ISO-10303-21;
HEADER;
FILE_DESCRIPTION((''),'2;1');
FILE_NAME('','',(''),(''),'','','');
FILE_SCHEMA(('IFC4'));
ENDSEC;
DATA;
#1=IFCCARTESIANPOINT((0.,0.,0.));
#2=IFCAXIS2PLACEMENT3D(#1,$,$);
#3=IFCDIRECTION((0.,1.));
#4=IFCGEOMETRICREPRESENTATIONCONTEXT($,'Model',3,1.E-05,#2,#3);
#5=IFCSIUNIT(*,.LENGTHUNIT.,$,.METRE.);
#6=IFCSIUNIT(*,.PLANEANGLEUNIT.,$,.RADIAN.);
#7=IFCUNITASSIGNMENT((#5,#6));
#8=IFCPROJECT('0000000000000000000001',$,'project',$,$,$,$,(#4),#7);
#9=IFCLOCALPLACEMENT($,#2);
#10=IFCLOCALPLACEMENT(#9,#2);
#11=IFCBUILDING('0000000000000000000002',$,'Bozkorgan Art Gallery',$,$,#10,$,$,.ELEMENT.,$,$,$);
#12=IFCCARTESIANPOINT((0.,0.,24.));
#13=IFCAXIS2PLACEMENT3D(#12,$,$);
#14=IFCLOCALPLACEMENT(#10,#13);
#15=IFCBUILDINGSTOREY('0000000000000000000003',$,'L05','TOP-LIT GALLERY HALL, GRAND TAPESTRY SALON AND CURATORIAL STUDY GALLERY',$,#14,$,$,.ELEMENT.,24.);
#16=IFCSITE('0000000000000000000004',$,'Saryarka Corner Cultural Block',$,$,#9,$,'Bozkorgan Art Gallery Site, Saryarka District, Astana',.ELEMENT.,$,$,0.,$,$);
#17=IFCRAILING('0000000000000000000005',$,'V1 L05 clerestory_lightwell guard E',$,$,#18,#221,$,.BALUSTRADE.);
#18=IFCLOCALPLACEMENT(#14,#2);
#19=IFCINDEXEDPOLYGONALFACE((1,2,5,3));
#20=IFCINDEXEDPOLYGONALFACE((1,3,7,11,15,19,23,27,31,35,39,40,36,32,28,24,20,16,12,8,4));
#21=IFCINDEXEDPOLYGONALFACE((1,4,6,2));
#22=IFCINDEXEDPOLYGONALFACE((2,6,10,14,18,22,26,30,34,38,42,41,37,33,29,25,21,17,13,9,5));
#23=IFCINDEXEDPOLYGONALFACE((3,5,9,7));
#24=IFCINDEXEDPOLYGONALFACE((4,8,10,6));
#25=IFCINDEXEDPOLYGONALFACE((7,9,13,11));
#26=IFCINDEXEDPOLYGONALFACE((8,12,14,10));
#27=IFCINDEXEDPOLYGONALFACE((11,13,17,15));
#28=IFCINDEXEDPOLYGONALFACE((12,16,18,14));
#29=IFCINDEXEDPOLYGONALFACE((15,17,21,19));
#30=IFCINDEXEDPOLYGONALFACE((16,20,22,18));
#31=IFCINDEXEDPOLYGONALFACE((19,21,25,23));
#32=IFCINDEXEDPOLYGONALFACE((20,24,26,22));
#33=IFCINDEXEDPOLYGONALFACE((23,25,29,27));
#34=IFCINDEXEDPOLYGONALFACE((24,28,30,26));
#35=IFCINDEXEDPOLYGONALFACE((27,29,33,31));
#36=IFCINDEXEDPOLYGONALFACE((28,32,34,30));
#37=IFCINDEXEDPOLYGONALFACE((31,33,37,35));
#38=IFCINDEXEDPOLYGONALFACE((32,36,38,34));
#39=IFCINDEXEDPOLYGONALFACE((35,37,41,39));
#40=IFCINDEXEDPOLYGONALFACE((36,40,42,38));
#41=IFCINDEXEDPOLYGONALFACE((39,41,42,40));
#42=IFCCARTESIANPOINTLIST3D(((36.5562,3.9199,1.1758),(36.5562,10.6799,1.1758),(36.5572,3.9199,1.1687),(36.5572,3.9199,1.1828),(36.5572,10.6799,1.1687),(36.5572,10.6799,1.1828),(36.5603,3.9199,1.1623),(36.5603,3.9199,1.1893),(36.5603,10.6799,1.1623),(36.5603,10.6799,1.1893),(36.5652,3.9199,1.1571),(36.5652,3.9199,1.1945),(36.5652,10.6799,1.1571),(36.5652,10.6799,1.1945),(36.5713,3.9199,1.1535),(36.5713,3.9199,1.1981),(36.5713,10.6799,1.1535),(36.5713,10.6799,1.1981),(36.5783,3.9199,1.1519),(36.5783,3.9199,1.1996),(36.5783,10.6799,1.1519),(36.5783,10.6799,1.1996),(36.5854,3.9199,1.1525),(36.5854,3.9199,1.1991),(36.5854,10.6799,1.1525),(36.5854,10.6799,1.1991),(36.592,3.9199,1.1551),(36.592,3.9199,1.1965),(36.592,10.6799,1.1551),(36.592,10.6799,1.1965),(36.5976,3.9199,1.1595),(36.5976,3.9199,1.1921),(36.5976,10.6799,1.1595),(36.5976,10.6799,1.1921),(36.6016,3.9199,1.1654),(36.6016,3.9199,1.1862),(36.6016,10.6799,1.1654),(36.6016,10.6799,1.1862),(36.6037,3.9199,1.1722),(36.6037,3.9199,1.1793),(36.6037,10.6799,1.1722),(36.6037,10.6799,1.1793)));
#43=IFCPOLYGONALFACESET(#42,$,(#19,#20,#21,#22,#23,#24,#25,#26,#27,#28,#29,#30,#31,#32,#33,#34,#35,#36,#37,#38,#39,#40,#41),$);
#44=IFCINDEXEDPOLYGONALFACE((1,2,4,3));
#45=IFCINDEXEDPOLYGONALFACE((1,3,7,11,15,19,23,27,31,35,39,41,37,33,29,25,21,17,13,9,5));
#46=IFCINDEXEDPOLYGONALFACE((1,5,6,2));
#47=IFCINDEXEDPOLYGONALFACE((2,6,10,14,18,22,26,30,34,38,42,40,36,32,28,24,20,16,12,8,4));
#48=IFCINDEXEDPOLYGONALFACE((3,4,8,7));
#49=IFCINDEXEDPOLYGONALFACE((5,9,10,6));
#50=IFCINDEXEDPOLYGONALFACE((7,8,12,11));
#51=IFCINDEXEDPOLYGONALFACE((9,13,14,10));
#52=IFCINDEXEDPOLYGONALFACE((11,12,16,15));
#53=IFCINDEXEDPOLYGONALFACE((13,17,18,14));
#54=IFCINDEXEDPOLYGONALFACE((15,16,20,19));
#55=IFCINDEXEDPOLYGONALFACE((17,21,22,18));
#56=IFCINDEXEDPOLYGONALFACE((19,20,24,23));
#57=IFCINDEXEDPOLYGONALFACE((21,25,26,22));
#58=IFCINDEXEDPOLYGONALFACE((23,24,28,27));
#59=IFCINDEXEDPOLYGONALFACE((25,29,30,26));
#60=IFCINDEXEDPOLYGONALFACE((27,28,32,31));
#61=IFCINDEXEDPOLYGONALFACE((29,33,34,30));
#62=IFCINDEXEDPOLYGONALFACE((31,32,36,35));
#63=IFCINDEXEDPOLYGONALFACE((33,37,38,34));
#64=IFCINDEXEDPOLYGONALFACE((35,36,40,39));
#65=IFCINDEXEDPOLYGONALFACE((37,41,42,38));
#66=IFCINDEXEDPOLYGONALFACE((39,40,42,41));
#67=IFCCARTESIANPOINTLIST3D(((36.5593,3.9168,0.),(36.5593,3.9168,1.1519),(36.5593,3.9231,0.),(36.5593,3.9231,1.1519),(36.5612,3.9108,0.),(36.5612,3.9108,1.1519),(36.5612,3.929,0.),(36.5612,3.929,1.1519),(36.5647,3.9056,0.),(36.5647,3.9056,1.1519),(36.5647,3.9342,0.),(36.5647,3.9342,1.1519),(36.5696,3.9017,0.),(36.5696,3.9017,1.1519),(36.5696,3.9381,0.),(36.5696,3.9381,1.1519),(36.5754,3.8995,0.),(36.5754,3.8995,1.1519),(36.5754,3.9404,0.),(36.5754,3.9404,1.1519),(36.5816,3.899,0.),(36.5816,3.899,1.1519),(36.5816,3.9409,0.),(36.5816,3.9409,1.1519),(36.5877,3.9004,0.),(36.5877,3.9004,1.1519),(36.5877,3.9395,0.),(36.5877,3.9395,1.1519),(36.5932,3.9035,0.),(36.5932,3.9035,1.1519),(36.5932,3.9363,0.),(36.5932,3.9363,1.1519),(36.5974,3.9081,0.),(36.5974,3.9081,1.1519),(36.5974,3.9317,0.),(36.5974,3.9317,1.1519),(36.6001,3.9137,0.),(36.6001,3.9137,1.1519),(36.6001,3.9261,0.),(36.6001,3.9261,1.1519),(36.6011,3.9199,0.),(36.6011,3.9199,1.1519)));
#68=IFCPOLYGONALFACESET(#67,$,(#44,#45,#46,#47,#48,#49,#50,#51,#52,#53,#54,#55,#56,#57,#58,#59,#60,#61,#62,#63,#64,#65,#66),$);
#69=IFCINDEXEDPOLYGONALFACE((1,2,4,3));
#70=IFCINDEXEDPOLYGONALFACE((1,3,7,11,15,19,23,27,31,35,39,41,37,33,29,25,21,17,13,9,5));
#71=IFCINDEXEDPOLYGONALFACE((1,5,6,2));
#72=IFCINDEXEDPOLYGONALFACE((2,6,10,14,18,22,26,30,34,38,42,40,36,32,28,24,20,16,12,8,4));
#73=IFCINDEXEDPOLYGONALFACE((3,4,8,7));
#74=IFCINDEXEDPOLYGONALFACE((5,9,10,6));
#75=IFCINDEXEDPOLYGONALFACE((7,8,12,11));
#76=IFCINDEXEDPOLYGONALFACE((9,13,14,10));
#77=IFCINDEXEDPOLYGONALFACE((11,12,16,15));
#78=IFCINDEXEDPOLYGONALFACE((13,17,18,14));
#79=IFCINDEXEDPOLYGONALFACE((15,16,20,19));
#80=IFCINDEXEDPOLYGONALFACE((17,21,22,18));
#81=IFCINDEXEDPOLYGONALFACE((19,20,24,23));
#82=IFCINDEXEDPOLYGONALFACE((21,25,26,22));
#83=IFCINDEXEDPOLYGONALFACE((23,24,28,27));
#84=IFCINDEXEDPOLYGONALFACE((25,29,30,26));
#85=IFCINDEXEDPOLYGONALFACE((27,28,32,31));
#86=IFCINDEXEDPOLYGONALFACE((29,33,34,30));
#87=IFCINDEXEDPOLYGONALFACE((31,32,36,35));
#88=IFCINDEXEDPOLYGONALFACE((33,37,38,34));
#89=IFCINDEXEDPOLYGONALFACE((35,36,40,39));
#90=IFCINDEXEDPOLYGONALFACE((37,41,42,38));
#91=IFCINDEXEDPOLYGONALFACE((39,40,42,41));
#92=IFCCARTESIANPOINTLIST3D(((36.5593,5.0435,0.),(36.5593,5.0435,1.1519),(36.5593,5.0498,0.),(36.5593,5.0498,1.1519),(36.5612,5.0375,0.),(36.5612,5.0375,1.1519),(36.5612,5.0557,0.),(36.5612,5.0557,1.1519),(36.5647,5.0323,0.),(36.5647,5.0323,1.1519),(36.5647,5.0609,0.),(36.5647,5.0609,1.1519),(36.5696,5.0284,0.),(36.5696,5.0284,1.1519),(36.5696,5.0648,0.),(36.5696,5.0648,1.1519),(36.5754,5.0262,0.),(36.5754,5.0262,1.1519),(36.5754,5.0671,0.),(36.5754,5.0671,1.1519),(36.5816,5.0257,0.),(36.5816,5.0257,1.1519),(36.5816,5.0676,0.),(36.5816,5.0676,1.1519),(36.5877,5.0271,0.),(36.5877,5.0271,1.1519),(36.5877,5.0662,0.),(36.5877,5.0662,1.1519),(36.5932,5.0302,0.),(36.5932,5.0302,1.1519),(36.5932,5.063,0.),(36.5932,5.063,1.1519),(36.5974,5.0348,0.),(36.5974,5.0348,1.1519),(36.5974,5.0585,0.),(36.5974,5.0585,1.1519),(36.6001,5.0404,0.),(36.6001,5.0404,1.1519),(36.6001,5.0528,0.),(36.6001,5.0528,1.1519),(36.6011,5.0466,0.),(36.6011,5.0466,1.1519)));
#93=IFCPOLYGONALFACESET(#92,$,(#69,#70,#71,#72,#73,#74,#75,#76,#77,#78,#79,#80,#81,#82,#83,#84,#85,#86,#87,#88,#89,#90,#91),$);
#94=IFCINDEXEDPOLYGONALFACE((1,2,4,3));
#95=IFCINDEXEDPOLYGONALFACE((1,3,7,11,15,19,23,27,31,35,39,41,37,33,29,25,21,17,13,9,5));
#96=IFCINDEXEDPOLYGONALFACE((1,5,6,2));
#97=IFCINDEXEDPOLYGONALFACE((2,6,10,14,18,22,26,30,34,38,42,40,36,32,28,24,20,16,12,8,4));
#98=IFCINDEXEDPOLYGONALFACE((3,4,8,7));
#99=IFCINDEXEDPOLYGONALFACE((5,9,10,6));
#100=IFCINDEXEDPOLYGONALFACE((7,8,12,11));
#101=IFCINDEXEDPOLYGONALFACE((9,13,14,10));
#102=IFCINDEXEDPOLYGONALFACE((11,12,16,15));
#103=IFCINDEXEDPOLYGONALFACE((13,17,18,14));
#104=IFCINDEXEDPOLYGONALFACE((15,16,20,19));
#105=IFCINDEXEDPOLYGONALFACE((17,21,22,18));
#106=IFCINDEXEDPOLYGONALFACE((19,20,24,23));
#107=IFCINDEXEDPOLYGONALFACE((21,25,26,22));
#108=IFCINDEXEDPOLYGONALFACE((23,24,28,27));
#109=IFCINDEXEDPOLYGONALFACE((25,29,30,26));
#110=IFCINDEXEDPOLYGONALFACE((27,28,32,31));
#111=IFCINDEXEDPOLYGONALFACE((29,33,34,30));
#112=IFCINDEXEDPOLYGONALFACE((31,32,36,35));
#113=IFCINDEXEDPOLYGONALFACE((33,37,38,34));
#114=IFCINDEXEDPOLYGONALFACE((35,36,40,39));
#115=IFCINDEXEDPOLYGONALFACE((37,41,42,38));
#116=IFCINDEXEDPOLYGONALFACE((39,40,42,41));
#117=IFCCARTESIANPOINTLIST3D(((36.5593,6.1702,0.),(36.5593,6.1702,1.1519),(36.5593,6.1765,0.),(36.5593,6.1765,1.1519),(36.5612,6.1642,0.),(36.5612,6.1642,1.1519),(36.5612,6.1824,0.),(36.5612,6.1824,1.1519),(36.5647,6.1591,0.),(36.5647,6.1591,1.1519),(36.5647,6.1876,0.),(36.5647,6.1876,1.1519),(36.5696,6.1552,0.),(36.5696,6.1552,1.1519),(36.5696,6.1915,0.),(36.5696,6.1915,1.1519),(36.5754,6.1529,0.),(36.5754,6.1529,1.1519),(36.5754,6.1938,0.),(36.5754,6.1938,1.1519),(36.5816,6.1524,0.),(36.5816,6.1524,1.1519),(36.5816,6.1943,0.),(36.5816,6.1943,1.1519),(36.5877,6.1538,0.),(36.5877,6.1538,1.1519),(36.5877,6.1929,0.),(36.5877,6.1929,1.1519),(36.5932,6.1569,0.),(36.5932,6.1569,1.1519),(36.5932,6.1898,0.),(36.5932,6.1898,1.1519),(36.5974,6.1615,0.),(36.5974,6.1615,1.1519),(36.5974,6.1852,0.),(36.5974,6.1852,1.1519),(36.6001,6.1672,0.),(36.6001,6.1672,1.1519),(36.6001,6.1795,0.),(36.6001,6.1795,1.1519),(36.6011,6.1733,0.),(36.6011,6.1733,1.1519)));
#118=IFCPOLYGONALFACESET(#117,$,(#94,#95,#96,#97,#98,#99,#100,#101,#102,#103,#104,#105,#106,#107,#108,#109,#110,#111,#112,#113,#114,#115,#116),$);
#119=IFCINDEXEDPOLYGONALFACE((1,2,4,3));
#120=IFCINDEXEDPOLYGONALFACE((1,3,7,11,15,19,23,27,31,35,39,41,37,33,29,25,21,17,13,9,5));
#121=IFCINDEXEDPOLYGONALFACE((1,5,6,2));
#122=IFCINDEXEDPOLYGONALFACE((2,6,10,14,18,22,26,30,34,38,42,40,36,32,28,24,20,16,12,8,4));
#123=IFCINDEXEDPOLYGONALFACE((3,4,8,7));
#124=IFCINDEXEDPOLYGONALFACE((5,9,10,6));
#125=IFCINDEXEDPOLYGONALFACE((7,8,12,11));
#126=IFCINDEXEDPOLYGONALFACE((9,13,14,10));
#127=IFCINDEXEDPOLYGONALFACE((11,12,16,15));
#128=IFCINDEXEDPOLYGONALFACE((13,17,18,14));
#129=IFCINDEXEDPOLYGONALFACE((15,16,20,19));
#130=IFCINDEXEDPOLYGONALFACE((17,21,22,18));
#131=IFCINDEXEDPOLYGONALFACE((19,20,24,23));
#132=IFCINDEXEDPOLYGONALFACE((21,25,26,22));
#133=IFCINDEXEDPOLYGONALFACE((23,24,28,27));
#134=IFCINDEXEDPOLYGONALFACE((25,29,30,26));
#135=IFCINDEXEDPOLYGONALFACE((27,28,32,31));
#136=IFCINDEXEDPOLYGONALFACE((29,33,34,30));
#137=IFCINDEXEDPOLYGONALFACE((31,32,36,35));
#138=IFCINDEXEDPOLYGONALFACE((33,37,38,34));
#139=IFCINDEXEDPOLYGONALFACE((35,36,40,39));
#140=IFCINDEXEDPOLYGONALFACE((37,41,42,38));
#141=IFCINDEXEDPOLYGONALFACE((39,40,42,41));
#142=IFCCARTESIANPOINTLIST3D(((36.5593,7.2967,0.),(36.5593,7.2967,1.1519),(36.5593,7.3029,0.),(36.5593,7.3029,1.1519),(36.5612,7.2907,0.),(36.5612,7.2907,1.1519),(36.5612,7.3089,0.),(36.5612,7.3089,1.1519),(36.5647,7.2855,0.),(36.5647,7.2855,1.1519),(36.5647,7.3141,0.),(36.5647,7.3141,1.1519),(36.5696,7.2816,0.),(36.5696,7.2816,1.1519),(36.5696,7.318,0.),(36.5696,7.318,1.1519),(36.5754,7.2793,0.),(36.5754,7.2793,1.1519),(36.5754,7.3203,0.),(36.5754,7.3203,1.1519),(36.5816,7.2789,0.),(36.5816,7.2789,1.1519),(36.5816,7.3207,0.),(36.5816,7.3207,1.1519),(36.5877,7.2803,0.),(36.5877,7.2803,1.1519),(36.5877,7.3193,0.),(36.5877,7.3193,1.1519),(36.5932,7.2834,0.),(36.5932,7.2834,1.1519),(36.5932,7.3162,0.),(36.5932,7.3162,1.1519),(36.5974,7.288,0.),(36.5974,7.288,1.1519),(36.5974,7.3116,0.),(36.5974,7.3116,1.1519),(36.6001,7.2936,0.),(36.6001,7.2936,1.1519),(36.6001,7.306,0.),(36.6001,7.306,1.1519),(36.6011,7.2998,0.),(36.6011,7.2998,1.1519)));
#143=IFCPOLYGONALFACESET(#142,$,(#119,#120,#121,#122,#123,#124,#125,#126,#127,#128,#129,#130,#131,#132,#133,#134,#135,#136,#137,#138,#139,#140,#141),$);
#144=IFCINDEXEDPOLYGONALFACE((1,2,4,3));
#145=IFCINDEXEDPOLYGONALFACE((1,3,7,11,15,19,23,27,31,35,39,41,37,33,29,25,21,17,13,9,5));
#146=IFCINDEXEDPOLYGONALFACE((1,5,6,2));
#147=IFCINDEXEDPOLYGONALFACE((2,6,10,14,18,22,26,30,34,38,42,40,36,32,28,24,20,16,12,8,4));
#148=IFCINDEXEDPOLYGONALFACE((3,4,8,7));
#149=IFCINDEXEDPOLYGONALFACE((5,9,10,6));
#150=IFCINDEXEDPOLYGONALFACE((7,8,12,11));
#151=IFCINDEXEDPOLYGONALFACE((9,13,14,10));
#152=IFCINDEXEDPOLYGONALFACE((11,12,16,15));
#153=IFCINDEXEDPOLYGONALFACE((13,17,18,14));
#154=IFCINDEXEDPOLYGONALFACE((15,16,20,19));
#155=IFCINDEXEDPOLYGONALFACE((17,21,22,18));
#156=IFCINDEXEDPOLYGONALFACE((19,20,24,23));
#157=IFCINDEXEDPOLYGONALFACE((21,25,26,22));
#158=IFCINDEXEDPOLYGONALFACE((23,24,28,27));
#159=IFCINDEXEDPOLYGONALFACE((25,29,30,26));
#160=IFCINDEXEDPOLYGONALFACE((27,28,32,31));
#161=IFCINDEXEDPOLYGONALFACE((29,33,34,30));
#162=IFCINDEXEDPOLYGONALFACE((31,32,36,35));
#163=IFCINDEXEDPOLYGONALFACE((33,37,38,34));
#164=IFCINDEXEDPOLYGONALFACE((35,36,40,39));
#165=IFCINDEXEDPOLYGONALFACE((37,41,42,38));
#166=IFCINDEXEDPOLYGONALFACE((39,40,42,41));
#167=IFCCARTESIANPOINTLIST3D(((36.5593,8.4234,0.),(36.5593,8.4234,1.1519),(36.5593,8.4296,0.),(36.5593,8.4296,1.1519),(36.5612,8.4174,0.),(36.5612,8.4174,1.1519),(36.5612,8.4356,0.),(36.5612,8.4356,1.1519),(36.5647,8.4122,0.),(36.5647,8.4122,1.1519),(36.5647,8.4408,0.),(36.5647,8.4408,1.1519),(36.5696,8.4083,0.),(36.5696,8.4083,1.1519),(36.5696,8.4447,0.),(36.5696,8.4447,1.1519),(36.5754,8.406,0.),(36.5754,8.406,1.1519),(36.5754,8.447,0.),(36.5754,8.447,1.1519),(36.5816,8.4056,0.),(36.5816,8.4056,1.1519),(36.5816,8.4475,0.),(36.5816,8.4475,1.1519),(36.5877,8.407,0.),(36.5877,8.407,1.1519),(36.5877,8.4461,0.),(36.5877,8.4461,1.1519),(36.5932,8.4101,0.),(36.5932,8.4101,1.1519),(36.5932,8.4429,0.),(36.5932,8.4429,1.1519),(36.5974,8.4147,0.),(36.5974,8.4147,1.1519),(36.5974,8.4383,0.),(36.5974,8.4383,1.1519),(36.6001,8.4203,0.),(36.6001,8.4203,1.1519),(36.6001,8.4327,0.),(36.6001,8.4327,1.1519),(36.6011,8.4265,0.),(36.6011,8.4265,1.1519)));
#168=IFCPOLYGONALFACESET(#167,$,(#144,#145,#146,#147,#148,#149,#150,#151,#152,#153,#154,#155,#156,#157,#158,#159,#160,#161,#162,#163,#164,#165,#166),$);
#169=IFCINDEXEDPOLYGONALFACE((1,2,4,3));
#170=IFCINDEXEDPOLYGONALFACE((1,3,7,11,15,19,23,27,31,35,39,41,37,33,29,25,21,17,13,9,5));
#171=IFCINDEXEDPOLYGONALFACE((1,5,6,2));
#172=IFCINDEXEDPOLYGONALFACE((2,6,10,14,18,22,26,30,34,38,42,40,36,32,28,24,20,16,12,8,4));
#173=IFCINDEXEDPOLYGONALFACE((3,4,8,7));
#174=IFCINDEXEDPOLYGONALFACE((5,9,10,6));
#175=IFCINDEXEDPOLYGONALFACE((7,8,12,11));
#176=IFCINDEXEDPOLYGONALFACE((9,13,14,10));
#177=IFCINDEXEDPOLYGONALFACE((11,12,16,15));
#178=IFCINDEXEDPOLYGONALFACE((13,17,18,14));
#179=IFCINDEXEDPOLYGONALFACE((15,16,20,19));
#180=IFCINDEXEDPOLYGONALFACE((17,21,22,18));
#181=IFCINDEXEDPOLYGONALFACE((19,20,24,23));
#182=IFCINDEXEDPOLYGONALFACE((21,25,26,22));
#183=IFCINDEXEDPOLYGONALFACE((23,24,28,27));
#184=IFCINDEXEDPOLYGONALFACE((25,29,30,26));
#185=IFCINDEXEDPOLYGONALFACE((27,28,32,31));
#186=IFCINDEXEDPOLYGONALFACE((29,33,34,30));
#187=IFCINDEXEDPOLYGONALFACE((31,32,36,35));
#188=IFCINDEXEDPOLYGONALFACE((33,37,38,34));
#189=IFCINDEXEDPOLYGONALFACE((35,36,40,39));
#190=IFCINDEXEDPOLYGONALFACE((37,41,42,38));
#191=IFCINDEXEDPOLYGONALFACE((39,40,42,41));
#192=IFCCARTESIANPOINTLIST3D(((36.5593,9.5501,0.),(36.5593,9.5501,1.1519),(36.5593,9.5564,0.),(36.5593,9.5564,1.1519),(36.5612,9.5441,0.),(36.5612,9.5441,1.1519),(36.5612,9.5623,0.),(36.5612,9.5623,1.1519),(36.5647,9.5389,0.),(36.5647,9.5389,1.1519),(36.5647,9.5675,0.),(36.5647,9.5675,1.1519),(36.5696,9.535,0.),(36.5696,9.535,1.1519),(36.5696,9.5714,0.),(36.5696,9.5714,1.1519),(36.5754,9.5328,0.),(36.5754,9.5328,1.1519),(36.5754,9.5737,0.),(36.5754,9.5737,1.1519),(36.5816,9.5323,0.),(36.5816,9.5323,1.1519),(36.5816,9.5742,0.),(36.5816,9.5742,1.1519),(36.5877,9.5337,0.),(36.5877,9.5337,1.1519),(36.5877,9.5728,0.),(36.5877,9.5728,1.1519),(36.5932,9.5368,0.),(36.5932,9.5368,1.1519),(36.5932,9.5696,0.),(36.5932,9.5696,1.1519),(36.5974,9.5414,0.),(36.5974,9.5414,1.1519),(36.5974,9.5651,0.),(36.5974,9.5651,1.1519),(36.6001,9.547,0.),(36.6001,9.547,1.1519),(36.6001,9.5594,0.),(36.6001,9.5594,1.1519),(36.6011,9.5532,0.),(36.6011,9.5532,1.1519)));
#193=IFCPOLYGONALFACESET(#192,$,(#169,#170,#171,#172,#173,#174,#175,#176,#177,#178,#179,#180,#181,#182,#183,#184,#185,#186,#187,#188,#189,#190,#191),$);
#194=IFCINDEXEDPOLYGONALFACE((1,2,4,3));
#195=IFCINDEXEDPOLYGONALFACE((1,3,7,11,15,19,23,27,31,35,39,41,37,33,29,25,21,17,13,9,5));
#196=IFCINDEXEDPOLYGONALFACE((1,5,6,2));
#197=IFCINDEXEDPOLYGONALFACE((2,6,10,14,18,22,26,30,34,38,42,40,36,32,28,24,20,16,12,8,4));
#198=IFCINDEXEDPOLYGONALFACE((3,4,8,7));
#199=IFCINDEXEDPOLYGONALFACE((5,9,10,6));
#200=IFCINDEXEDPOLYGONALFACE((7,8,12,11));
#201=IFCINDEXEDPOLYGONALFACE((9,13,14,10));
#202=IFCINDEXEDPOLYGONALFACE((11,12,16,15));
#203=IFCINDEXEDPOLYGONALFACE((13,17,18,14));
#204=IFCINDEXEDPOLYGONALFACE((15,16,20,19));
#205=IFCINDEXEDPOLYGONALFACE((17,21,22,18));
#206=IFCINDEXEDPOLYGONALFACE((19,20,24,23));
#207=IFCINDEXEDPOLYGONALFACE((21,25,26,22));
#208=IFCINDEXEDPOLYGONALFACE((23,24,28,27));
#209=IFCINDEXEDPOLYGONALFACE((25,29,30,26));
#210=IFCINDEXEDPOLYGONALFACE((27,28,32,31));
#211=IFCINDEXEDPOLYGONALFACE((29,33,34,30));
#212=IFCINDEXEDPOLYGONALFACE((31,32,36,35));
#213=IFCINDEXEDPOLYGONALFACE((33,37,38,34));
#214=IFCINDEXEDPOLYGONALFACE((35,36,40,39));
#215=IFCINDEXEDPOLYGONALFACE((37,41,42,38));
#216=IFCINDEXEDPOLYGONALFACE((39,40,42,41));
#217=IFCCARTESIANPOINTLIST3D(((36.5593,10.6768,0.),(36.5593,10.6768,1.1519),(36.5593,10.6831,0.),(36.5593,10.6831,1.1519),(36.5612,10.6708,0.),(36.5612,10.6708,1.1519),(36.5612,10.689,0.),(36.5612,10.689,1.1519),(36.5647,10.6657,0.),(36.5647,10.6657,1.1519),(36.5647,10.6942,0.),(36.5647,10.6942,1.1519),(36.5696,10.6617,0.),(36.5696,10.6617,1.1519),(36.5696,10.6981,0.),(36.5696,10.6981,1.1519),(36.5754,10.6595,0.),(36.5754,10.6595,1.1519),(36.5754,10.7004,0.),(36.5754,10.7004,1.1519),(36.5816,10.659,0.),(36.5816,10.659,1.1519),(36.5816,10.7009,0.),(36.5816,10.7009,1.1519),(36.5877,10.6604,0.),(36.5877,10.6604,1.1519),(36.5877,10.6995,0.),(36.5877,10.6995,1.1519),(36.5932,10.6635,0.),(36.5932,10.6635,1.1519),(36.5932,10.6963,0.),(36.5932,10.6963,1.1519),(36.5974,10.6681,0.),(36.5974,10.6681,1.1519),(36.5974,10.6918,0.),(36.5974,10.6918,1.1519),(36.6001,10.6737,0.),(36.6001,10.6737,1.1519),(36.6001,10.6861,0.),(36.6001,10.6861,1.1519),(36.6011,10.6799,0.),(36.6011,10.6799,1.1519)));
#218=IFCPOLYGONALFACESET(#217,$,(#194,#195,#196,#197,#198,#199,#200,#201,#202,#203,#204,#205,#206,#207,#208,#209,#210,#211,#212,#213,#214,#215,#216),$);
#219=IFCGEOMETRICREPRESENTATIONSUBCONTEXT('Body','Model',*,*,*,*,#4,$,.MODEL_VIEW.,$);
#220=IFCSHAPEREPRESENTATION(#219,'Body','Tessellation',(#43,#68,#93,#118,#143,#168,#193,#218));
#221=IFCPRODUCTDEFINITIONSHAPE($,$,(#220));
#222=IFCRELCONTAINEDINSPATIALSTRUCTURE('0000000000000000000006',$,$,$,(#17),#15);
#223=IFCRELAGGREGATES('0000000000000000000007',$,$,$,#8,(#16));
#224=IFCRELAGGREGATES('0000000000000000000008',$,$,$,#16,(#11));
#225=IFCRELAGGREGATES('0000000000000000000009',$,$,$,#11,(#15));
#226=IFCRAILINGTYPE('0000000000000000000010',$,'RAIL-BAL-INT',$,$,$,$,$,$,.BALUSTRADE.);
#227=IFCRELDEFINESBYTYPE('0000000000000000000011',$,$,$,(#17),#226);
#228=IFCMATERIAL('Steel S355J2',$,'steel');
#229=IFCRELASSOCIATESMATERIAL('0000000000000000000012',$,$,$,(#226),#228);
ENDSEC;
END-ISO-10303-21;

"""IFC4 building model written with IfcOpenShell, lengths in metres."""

from ifc_helpers import new_model, si_unit, direction, frame, origin, origin_2d, place, context, subcontext, project, spatial, circle, extrude, material, type_object, element, save


model = new_model("IFC4")

# Units and contexts
model_context = context("Model", 3, precision=1e-05, world=origin(), true_north=direction((0.0, 1.0)))
body_context = subcontext(model_context, "Body", "Model", "MODEL_VIEW")
ifc_project = project(units=[si_unit("LENGTHUNIT", "METRE"), si_unit("PLANEANGLEUNIT", "RADIAN")], contexts=[model_context])

# Site, building, storey
site_placement = place(None, origin())
site = spatial("IfcSite", under=ifc_project, at=site_placement, Name="Saryarka Corner Cultural Block", LongName="Bozkorgan Art Gallery Site, Saryarka District, Astana", CompositionType="ELEMENT", RefElevation=0.0)
building_placement = place(site_placement, origin())
building = spatial("IfcBuilding", under=site, at=building_placement, Name="Bozkorgan Art Gallery", CompositionType="ELEMENT")
storey_placement = place(building_placement, frame((0.0, 0.0, 24.0)))
storey = spatial("IfcBuildingStorey", under=building, at=storey_placement, Name="L05", Description="TOP-LIT GALLERY HALL, GRAND TAPESTRY SALON AND CURATORIAL STUDY GALLERY", CompositionType="ELEMENT", Elevation=24.0)

# Shared definitions
ifc_material_1 = material(Name="Steel S355J2", Category="steel")

# Railing
railing_type = type_object("IfcRailingType", Name="RAIL-BAL-INT", PredefinedType="BALUSTRADE", material=ifc_material_1)
railing_placement = place(storey_placement, frame((36.5801, 3.9199, 0.0)))
element("IfcRailing", 1, at=railing_placement, inside=storey, type_object=railing_type, Name="V1 L05 clerestory_lightwell guard E", PredefinedType="BALUSTRADE", context=body_context, shape_type="SweptSolid", body=[
    extrude(circle(Radius=0.0239, at=origin_2d()), frame((0.0, 0.0, 1.1758), z_axis=(0.0, 1.0, 0.0), x_axis=(-1.0, 0.0, 0.0)), (0.0, 0.0, 1.0), 6.76),
    extrude(circle(Radius=0.021, at=origin_2d()), origin(), (0.0, 0.0, 1.0), 1.1519),
    extrude(circle(Radius=0.021, at=origin_2d()), frame((0.0, 1.1267, 0.0)), (0.0, 0.0, 1.0), 1.1519),
    extrude(circle(Radius=0.021, at=origin_2d()), frame((0.0, 2.2534, 0.0)), (0.0, 0.0, 1.0), 1.1519),
    extrude(circle(Radius=0.021, at=origin_2d()), frame((0.0, 3.3799, 0.0)), (0.0, 0.0, 1.0), 1.1519),
    extrude(circle(Radius=0.021, at=origin_2d()), frame((0.0, 4.5066, 0.0)), (0.0, 0.0, 1.0), 1.1519),
    extrude(circle(Radius=0.021, at=origin_2d()), frame((0.0, 5.6333, 0.0)), (0.0, 0.0, 1.0), 1.1519),
    extrude(circle(Radius=0.021, at=origin_2d()), frame((0.0, 6.76, 0.0)), (0.0, 0.0, 1.0), 1.1519),
])

save(model, "model.ifc")
